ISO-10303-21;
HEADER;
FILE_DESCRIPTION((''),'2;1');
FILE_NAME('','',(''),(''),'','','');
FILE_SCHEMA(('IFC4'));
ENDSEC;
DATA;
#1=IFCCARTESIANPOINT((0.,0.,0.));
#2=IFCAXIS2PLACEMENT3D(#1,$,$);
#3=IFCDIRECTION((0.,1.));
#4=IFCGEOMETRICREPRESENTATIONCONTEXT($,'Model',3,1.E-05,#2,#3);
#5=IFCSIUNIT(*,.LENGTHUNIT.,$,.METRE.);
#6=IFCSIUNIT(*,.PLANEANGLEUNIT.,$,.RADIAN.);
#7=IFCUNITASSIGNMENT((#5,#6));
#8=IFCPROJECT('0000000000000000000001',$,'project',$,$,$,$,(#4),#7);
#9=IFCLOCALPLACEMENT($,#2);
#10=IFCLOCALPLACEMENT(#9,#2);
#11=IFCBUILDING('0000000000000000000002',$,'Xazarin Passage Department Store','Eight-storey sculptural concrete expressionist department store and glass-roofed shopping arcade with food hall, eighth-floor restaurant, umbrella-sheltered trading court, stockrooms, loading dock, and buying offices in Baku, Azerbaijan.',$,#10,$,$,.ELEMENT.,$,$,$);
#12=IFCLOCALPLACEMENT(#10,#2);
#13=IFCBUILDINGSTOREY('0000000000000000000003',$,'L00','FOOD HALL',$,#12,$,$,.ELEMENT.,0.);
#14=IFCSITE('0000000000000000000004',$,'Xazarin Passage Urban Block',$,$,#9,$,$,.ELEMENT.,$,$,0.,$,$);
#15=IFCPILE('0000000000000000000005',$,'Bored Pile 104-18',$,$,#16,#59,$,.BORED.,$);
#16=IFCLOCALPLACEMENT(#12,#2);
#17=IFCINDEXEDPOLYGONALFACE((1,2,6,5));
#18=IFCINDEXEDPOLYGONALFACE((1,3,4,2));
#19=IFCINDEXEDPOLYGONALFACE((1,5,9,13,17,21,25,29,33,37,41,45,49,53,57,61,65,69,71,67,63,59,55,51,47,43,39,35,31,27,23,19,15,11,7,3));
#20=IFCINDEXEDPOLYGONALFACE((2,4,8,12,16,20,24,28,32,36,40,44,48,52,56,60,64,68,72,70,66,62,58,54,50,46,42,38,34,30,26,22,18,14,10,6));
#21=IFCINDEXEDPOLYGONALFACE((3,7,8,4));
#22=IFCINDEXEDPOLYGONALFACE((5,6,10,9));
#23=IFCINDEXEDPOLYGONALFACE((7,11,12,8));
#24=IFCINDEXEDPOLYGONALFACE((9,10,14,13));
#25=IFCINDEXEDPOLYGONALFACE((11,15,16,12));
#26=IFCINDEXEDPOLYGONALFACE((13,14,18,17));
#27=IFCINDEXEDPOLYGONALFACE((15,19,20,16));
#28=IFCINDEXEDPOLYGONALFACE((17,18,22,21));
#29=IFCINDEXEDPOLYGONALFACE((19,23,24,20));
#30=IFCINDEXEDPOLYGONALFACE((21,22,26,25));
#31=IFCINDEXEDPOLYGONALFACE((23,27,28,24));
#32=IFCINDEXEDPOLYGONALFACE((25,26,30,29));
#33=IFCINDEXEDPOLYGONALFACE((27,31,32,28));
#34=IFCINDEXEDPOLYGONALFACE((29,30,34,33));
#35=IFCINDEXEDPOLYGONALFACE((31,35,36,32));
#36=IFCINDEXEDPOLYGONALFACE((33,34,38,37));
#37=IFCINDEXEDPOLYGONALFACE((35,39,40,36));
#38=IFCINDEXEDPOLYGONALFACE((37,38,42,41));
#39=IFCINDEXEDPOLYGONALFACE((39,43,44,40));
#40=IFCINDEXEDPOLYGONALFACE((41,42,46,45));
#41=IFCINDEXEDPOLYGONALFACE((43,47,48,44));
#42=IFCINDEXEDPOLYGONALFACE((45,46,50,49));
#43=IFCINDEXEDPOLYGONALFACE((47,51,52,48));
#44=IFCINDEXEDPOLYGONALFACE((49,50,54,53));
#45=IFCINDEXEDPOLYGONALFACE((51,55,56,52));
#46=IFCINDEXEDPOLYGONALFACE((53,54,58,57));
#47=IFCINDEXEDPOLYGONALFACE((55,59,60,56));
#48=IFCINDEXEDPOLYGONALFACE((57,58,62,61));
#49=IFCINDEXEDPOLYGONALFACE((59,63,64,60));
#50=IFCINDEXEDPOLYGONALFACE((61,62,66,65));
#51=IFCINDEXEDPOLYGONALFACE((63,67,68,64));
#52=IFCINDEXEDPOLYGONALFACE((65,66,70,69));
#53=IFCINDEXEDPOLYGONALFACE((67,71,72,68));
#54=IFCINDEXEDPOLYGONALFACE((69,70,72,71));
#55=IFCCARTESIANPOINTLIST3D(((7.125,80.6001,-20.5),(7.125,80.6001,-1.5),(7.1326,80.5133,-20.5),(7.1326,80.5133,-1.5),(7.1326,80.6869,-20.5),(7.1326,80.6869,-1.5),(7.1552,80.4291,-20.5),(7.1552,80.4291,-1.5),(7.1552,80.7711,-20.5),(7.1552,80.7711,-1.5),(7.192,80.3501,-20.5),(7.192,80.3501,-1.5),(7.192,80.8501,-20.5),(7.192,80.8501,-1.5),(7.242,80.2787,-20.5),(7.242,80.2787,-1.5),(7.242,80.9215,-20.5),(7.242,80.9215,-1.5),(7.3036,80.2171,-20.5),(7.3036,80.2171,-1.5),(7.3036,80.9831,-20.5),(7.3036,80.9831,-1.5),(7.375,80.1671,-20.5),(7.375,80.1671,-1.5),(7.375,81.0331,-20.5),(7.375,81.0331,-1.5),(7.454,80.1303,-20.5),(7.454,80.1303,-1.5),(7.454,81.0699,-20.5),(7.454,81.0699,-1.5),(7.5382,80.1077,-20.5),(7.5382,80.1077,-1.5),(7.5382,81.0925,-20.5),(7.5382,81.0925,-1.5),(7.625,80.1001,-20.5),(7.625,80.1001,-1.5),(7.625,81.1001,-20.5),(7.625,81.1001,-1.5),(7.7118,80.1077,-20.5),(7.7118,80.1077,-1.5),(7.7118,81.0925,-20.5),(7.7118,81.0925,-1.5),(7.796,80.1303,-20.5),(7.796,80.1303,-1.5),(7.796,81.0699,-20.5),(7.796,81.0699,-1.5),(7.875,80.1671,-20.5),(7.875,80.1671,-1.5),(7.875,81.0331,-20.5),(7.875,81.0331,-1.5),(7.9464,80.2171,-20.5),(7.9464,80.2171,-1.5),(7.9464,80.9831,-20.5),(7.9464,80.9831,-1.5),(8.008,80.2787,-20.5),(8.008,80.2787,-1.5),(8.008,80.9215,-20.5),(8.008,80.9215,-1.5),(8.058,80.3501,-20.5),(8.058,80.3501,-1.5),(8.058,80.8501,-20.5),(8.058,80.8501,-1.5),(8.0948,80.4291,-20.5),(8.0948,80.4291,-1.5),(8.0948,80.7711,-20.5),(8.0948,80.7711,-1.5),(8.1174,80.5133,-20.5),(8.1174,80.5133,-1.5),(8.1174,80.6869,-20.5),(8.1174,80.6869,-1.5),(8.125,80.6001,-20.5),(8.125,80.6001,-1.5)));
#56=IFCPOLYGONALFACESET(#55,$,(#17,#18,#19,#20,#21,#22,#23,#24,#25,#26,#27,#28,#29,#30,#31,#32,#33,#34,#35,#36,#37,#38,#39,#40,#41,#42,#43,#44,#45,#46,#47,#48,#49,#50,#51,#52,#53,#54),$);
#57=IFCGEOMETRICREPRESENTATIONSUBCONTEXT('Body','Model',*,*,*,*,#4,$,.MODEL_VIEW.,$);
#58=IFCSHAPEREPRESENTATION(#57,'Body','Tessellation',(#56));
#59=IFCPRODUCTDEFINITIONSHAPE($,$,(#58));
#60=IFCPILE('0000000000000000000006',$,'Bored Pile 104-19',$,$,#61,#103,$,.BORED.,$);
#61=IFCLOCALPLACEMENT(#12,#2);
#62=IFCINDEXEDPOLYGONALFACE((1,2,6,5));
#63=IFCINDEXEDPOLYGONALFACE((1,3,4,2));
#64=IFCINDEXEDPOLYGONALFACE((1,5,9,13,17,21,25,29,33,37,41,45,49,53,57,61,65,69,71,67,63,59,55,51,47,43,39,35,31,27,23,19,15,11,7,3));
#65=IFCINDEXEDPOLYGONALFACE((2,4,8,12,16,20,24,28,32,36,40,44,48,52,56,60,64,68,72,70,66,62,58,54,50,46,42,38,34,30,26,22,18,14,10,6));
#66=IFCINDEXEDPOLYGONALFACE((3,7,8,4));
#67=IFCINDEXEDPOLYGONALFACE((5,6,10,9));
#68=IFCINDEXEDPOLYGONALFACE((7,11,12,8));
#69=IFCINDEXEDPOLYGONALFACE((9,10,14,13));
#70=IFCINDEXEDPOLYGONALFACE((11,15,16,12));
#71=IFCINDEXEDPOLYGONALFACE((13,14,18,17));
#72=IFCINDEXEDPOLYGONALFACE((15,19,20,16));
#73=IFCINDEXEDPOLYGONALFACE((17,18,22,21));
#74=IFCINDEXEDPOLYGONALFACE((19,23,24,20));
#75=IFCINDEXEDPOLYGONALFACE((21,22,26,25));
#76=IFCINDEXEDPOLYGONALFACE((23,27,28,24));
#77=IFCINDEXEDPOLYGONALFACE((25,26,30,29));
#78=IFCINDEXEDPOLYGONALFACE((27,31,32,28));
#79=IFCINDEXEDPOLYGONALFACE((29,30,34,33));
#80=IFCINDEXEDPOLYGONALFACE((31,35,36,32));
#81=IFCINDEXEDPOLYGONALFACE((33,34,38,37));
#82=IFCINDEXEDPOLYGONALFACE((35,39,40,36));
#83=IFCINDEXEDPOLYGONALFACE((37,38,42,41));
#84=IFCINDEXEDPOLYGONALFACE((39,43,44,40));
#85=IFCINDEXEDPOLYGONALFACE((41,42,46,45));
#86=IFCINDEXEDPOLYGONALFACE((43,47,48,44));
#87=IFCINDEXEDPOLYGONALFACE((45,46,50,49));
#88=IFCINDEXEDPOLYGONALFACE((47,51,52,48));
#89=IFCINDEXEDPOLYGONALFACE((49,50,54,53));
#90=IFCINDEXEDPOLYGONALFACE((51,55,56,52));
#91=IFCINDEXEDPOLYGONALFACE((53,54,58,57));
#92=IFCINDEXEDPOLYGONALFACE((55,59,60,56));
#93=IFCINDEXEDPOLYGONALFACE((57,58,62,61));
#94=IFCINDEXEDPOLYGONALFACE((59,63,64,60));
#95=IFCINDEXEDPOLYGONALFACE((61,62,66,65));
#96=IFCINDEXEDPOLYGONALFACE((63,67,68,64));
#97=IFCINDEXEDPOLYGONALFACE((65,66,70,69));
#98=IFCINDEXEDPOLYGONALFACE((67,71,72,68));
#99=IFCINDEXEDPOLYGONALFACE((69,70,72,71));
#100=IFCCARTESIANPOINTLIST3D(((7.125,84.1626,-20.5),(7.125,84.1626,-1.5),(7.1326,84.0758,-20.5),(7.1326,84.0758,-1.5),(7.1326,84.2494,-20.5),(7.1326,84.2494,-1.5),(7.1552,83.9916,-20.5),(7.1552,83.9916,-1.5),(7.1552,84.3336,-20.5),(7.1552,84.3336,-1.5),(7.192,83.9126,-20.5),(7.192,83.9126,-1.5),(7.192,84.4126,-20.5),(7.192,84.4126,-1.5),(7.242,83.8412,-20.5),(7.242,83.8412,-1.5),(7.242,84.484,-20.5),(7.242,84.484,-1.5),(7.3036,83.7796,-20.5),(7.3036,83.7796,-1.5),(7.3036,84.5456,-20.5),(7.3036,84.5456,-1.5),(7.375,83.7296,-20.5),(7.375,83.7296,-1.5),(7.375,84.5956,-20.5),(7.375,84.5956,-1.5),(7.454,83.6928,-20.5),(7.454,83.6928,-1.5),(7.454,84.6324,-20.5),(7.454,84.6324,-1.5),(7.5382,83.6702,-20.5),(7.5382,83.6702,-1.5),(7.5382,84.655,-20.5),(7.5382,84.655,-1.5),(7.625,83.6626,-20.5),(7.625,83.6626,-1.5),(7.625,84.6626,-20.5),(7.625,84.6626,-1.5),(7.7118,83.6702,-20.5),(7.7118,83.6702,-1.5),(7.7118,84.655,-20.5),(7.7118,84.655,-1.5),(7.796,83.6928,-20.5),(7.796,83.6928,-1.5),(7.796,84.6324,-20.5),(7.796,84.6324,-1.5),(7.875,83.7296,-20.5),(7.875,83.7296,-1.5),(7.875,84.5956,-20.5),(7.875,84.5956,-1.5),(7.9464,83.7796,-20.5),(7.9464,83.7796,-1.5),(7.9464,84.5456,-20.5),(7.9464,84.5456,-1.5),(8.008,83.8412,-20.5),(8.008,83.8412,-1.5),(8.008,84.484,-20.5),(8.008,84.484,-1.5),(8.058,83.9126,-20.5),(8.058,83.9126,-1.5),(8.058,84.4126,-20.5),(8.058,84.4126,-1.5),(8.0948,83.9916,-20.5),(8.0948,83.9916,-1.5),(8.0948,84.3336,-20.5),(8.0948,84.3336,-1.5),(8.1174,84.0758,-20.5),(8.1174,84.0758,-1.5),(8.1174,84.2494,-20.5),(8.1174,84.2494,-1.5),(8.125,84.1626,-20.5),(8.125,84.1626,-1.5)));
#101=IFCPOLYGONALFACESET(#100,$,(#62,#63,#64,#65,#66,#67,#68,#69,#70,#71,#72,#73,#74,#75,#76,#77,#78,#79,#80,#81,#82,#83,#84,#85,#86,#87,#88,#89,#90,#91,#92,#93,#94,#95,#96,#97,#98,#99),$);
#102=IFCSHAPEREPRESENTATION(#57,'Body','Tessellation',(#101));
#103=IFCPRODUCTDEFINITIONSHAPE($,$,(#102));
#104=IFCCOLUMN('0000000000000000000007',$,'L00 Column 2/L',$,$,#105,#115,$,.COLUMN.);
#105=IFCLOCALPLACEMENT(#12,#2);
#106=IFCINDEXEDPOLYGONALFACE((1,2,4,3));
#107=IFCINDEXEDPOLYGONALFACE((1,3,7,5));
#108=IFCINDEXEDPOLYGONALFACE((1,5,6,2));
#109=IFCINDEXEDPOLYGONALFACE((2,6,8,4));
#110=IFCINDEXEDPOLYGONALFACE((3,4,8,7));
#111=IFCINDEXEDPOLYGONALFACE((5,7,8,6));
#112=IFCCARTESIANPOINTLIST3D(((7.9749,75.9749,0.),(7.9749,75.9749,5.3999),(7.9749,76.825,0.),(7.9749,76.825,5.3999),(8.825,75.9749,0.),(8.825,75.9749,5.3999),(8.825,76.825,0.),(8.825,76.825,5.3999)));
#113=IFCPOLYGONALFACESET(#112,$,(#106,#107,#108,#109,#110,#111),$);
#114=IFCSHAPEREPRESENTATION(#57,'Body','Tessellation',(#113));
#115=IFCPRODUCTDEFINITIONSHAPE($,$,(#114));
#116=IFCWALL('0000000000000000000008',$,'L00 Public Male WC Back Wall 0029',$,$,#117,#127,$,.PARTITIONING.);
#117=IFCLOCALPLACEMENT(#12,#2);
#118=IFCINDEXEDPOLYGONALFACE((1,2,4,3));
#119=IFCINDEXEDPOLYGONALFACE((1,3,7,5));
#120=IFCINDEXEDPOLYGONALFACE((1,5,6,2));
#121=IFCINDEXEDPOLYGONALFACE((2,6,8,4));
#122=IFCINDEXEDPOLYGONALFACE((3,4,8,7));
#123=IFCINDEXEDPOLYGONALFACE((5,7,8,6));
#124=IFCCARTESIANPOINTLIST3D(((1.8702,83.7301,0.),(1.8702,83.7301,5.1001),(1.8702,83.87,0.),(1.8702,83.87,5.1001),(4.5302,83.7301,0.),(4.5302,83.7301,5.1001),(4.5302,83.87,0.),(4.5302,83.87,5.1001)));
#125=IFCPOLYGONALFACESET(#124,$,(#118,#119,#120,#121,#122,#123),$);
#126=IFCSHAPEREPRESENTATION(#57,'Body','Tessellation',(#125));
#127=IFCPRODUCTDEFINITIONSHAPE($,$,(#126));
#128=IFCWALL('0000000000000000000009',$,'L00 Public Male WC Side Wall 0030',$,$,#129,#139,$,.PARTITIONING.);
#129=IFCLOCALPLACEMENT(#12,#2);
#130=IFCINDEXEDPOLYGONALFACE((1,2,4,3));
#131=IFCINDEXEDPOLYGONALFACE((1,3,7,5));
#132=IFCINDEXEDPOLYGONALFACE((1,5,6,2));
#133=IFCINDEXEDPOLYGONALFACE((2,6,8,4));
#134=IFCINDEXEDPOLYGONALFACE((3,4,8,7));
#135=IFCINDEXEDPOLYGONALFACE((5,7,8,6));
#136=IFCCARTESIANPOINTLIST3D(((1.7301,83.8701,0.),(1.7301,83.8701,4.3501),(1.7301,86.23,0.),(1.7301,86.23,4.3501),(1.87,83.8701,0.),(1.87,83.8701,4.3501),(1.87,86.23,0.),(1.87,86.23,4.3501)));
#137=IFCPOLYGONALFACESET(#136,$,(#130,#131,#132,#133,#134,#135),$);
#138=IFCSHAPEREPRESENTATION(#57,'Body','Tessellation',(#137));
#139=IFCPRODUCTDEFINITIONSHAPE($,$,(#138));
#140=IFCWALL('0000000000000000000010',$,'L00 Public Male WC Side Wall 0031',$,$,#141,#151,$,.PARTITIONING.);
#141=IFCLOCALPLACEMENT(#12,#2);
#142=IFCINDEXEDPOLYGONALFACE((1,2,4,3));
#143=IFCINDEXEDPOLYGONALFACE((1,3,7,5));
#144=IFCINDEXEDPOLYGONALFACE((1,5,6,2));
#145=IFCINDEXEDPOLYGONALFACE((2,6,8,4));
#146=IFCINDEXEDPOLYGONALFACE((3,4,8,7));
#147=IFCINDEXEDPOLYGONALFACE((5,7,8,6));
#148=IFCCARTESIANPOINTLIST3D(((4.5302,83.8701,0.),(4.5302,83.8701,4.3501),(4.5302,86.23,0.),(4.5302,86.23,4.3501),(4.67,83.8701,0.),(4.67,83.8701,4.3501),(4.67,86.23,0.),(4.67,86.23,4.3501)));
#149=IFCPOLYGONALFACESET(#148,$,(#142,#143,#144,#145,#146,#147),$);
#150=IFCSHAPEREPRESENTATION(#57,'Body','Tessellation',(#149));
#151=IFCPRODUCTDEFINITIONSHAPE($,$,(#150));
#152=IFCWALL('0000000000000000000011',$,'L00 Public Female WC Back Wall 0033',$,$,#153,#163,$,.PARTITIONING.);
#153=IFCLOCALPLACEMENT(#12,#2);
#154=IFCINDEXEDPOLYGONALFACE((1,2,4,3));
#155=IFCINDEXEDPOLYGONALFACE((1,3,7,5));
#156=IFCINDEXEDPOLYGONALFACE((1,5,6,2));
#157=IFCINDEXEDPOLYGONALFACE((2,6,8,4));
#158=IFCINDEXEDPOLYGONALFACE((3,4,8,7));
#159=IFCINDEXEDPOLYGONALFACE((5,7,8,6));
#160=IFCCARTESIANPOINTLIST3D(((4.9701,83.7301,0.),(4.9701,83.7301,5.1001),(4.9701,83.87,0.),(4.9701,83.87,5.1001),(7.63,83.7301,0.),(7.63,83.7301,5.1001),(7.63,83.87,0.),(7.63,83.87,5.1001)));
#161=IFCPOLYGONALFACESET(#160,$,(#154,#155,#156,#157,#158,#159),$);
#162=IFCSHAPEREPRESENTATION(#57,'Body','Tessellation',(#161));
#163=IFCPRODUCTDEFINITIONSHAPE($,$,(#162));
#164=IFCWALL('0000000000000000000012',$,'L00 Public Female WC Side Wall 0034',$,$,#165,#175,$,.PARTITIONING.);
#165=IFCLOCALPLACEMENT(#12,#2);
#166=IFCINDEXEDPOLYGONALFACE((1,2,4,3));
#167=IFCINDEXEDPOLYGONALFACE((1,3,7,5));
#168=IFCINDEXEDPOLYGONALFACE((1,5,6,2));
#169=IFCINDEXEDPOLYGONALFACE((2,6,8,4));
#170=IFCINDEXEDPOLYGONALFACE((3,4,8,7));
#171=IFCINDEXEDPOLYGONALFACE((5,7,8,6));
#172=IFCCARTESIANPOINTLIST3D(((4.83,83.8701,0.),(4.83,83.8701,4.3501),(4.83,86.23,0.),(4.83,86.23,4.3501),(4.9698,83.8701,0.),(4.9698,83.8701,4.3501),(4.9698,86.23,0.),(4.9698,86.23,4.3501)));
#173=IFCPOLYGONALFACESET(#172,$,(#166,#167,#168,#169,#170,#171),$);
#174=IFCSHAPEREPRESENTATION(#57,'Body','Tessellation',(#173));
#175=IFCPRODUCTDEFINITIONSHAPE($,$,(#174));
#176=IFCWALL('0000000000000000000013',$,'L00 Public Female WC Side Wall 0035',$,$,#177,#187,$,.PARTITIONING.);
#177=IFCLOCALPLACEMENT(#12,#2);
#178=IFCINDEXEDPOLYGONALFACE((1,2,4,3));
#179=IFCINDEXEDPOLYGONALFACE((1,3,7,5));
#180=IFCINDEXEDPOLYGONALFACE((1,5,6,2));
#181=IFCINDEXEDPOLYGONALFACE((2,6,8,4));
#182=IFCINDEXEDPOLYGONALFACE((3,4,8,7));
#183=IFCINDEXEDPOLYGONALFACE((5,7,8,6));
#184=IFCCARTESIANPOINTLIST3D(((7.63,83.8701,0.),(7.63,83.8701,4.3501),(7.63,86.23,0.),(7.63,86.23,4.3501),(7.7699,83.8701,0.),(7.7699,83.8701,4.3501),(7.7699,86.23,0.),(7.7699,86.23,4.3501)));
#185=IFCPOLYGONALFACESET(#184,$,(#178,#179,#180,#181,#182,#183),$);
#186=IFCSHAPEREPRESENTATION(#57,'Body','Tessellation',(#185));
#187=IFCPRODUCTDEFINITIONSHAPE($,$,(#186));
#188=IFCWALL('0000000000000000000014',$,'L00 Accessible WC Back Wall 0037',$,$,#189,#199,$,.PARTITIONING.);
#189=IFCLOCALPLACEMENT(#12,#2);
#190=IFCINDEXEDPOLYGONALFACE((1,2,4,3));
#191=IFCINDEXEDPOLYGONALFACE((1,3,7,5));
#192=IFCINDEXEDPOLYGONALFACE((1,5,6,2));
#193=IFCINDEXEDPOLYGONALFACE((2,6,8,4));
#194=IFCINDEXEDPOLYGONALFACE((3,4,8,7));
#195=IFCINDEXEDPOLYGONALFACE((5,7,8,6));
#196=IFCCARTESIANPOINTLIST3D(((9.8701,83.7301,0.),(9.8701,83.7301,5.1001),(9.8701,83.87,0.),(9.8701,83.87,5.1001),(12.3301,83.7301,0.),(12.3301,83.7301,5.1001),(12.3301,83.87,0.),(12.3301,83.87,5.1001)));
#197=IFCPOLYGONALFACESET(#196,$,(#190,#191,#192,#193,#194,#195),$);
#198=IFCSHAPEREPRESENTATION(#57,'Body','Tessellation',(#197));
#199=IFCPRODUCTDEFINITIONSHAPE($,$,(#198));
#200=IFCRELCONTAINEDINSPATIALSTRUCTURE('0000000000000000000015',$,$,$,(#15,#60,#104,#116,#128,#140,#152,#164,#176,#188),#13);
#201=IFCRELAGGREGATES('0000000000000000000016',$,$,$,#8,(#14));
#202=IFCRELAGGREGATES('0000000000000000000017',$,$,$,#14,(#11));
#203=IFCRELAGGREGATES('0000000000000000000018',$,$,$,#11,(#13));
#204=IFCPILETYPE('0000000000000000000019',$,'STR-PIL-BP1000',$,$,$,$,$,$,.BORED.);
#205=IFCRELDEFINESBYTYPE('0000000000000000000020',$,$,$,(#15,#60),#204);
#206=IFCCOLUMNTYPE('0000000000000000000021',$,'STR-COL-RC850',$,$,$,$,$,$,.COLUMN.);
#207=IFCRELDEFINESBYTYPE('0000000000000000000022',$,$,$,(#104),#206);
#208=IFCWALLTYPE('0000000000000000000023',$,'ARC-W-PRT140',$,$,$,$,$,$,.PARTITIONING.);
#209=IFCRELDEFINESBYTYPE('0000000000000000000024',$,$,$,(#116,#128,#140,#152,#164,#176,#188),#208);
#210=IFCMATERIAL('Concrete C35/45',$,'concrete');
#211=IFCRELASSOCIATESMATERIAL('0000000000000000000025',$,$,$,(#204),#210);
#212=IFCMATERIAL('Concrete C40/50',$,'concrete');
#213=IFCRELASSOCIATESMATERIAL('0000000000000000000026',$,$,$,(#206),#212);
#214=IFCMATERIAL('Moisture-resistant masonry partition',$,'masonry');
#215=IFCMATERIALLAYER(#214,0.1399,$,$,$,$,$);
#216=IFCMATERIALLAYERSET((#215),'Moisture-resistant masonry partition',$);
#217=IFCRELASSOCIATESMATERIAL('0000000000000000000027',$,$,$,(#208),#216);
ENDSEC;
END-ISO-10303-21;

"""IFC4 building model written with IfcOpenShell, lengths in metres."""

from ifc_helpers import new_model, si_unit, direction, frame, frame_2d, origin, origin_2d, place, context, subcontext, project, spatial, rectangle, circle, extrude, material, layer, layer_set, material_profile, profile_set, type_object, element, save


model = new_model("IFC4")

# Units and contexts
model_context = context("Model", 3, precision=1e-05, world=origin(), true_north=direction((0.0, 1.0)))
body_context = subcontext(model_context, "Body", "Model", "MODEL_VIEW")
ifc_project = project(units=[si_unit("LENGTHUNIT", "METRE"), si_unit("PLANEANGLEUNIT", "RADIAN")], contexts=[model_context])

# Site, building, storey
site_placement = place(None, origin())
site = spatial("IfcSite", under=ifc_project, at=site_placement, Name="Xazarin Passage Urban Block", CompositionType="ELEMENT", RefElevation=0.0)
building_placement = place(site_placement, origin())
building = spatial("IfcBuilding", under=site, at=building_placement, Name="Xazarin Passage Department Store", Description="Eight-storey sculptural concrete expressionist department store and glass-roofed shopping arcade with food hall, eighth-floor restaurant, umbrella-sheltered trading court, stockrooms, loading dock, and buying offices in Baku, Azerbaijan.", CompositionType="ELEMENT")
storey_placement = place(building_placement, origin())
storey = spatial("IfcBuildingStorey", under=building, at=storey_placement, Name="L00", Description="FOOD HALL", CompositionType="ELEMENT", Elevation=0.0)

# Shared definitions
ifc_material_1 = material(Name="Concrete C35/45", Category="concrete")

# Piles
ifc_material_profile_1 = material_profile(ifc_material_1, circle(Radius=0.5, at=origin_2d()), Name="BP 1000")
ifc_profile_set_1 = profile_set([ifc_material_profile_1], Name="Concrete C35/45")
pile_type = type_object("IfcPileType", Name="STR-PIL-BP1000", PredefinedType="BORED", material=ifc_profile_set_1)
for number, where, z_axis, x_axis, name in (
    (1, (7.625, 80.6001, -1.5), (0.0, 0.0, -1.0), (1.0, 0.0, 0.0), "Bored Pile 104-18"),
    (2, (7.625, 84.1626, -1.5), (0.0, 0.0, -1.0), (1.0, 0.0, 0.0), "Bored Pile 104-19"),
):
    element("IfcPile", number, at=place(storey_placement, frame(where, z_axis=z_axis, x_axis=x_axis)), inside=storey, type_object=pile_type, Name=name, PredefinedType="BORED", context=body_context, shape_type="SweptSolid", body=[
        extrude(circle(Radius=0.5, at=origin_2d()), origin(), (0.0, 0.0, 1.0), 19.0),
    ])

# Column
ifc_material_2 = material(Name="Concrete C40/50", Category="concrete")
ifc_material_profile_2 = material_profile(ifc_material_2, rectangle(XDim=0.8501, YDim=0.8501, at=origin_2d()), Name="RC 850x850")
ifc_profile_set_2 = profile_set([ifc_material_profile_2], Name="Concrete C40/50")
column_type = type_object("IfcColumnType", Name="STR-COL-RC850", PredefinedType="COLUMN", material=ifc_profile_set_2)
column_placement = place(storey_placement, frame((8.3999, 76.3999, 0.0), z_axis=(0.0, 0.0, 1.0), x_axis=(1.0, 0.0, 0.0)))
element("IfcColumn", 3, at=column_placement, inside=storey, type_object=column_type, Name="L00 Column 2/L", PredefinedType="COLUMN", context=body_context, shape_type="SweptSolid", body=[
    extrude(rectangle(XDim=0.8501, YDim=0.8501, at=origin_2d()), origin(), (0.0, 0.0, 1.0), 5.3999),
])

# Walls
ifc_material_3 = material(Name="Moisture-resistant masonry partition", Category="masonry")
ifc_layer_1 = layer(ifc_material_3, 0.1399)
ifc_layer_set_1 = layer_set([ifc_layer_1], Name="Moisture-resistant masonry partition")
wall_type_1 = type_object("IfcWallType", Name="ARC-W-PRT140", PredefinedType="PARTITIONING", material=ifc_layer_set_1)
wall_1_placement = place(storey_placement, frame((1.8701, 83.8, 0.0), z_axis=(0.0, 0.0, 1.0), x_axis=(1.0, 0.0, 0.0)))
element("IfcWall", 4, at=wall_1_placement, inside=storey, type_object=wall_type_1, Name="L00 Public Male WC Back Wall 0029", PredefinedType="PARTITIONING", context=body_context, shape_type="SweptSolid", body=[
    extrude(rectangle(XDim=2.6599, YDim=0.1399, at=frame_2d((1.3301, 0.0))), origin(), (0.0, 0.0, 1.0), 5.1001),
])
for number, where, z_axis, x_axis, name in (
    (5, (1.8, 83.8701, 0.0), (0.0, 0.0, 1.0), (0.0, 1.0, 0.0), "L00 Public Male WC Side Wall 0030"),
    (6, (4.6001, 83.8701, 0.0), (0.0, 0.0, 1.0), (0.0, 1.0, 0.0), "L00 Public Male WC Side Wall 0031"),
):
    element("IfcWall", number, at=place(storey_placement, frame(where, z_axis=z_axis, x_axis=x_axis)), inside=storey, type_object=wall_type_1, Name=name, PredefinedType="PARTITIONING", context=body_context, shape_type="SweptSolid", body=[
        extrude(rectangle(XDim=2.3599, YDim=0.1399, at=frame_2d((1.1799, 0.0))), origin(), (0.0, 0.0, 1.0), 4.3501),
    ])
wall_2_placement = place(storey_placement, frame((4.97, 83.8, 0.0), z_axis=(0.0, 0.0, 1.0), x_axis=(1.0, 0.0, 0.0)))
element("IfcWall", 7, at=wall_2_placement, inside=storey, type_object=wall_type_1, Name="L00 Public Female WC Back Wall 0033", PredefinedType="PARTITIONING", context=body_context, shape_type="SweptSolid", body=[
    extrude(rectangle(XDim=2.6599, YDim=0.1399, at=frame_2d((1.3301, 0.0))), origin(), (0.0, 0.0, 1.0), 5.1001),
])
for number, where, z_axis, x_axis, name in (
    (8, (4.8999, 83.8701, 0.0), (0.0, 0.0, 1.0), (0.0, 1.0, 0.0), "L00 Public Female WC Side Wall 0034"),
    (9, (7.7, 83.8701, 0.0), (0.0, 0.0, 1.0), (0.0, 1.0, 0.0), "L00 Public Female WC Side Wall 0035"),
):
    element("IfcWall", number, at=place(storey_placement, frame(where, z_axis=z_axis, x_axis=x_axis)), inside=storey, type_object=wall_type_1, Name=name, PredefinedType="PARTITIONING", context=body_context, shape_type="SweptSolid", body=[
        extrude(rectangle(XDim=2.3599, YDim=0.1399, at=frame_2d((1.1799, 0.0))), origin(), (0.0, 0.0, 1.0), 4.3501),
    ])
wall_3_placement = place(storey_placement, frame((9.8701, 83.8, 0.0), z_axis=(0.0, 0.0, 1.0), x_axis=(1.0, 0.0, 0.0)))
element("IfcWall", 10, at=wall_3_placement, inside=storey, type_object=wall_type_1, Name="L00 Accessible WC Back Wall 0037", PredefinedType="PARTITIONING", context=body_context, shape_type="SweptSolid", body=[
    extrude(rectangle(XDim=2.46, YDim=0.1399, at=frame_2d((1.23, 0.0))), origin(), (0.0, 0.0, 1.0), 5.1001),
])

save(model, "model.ifc")
